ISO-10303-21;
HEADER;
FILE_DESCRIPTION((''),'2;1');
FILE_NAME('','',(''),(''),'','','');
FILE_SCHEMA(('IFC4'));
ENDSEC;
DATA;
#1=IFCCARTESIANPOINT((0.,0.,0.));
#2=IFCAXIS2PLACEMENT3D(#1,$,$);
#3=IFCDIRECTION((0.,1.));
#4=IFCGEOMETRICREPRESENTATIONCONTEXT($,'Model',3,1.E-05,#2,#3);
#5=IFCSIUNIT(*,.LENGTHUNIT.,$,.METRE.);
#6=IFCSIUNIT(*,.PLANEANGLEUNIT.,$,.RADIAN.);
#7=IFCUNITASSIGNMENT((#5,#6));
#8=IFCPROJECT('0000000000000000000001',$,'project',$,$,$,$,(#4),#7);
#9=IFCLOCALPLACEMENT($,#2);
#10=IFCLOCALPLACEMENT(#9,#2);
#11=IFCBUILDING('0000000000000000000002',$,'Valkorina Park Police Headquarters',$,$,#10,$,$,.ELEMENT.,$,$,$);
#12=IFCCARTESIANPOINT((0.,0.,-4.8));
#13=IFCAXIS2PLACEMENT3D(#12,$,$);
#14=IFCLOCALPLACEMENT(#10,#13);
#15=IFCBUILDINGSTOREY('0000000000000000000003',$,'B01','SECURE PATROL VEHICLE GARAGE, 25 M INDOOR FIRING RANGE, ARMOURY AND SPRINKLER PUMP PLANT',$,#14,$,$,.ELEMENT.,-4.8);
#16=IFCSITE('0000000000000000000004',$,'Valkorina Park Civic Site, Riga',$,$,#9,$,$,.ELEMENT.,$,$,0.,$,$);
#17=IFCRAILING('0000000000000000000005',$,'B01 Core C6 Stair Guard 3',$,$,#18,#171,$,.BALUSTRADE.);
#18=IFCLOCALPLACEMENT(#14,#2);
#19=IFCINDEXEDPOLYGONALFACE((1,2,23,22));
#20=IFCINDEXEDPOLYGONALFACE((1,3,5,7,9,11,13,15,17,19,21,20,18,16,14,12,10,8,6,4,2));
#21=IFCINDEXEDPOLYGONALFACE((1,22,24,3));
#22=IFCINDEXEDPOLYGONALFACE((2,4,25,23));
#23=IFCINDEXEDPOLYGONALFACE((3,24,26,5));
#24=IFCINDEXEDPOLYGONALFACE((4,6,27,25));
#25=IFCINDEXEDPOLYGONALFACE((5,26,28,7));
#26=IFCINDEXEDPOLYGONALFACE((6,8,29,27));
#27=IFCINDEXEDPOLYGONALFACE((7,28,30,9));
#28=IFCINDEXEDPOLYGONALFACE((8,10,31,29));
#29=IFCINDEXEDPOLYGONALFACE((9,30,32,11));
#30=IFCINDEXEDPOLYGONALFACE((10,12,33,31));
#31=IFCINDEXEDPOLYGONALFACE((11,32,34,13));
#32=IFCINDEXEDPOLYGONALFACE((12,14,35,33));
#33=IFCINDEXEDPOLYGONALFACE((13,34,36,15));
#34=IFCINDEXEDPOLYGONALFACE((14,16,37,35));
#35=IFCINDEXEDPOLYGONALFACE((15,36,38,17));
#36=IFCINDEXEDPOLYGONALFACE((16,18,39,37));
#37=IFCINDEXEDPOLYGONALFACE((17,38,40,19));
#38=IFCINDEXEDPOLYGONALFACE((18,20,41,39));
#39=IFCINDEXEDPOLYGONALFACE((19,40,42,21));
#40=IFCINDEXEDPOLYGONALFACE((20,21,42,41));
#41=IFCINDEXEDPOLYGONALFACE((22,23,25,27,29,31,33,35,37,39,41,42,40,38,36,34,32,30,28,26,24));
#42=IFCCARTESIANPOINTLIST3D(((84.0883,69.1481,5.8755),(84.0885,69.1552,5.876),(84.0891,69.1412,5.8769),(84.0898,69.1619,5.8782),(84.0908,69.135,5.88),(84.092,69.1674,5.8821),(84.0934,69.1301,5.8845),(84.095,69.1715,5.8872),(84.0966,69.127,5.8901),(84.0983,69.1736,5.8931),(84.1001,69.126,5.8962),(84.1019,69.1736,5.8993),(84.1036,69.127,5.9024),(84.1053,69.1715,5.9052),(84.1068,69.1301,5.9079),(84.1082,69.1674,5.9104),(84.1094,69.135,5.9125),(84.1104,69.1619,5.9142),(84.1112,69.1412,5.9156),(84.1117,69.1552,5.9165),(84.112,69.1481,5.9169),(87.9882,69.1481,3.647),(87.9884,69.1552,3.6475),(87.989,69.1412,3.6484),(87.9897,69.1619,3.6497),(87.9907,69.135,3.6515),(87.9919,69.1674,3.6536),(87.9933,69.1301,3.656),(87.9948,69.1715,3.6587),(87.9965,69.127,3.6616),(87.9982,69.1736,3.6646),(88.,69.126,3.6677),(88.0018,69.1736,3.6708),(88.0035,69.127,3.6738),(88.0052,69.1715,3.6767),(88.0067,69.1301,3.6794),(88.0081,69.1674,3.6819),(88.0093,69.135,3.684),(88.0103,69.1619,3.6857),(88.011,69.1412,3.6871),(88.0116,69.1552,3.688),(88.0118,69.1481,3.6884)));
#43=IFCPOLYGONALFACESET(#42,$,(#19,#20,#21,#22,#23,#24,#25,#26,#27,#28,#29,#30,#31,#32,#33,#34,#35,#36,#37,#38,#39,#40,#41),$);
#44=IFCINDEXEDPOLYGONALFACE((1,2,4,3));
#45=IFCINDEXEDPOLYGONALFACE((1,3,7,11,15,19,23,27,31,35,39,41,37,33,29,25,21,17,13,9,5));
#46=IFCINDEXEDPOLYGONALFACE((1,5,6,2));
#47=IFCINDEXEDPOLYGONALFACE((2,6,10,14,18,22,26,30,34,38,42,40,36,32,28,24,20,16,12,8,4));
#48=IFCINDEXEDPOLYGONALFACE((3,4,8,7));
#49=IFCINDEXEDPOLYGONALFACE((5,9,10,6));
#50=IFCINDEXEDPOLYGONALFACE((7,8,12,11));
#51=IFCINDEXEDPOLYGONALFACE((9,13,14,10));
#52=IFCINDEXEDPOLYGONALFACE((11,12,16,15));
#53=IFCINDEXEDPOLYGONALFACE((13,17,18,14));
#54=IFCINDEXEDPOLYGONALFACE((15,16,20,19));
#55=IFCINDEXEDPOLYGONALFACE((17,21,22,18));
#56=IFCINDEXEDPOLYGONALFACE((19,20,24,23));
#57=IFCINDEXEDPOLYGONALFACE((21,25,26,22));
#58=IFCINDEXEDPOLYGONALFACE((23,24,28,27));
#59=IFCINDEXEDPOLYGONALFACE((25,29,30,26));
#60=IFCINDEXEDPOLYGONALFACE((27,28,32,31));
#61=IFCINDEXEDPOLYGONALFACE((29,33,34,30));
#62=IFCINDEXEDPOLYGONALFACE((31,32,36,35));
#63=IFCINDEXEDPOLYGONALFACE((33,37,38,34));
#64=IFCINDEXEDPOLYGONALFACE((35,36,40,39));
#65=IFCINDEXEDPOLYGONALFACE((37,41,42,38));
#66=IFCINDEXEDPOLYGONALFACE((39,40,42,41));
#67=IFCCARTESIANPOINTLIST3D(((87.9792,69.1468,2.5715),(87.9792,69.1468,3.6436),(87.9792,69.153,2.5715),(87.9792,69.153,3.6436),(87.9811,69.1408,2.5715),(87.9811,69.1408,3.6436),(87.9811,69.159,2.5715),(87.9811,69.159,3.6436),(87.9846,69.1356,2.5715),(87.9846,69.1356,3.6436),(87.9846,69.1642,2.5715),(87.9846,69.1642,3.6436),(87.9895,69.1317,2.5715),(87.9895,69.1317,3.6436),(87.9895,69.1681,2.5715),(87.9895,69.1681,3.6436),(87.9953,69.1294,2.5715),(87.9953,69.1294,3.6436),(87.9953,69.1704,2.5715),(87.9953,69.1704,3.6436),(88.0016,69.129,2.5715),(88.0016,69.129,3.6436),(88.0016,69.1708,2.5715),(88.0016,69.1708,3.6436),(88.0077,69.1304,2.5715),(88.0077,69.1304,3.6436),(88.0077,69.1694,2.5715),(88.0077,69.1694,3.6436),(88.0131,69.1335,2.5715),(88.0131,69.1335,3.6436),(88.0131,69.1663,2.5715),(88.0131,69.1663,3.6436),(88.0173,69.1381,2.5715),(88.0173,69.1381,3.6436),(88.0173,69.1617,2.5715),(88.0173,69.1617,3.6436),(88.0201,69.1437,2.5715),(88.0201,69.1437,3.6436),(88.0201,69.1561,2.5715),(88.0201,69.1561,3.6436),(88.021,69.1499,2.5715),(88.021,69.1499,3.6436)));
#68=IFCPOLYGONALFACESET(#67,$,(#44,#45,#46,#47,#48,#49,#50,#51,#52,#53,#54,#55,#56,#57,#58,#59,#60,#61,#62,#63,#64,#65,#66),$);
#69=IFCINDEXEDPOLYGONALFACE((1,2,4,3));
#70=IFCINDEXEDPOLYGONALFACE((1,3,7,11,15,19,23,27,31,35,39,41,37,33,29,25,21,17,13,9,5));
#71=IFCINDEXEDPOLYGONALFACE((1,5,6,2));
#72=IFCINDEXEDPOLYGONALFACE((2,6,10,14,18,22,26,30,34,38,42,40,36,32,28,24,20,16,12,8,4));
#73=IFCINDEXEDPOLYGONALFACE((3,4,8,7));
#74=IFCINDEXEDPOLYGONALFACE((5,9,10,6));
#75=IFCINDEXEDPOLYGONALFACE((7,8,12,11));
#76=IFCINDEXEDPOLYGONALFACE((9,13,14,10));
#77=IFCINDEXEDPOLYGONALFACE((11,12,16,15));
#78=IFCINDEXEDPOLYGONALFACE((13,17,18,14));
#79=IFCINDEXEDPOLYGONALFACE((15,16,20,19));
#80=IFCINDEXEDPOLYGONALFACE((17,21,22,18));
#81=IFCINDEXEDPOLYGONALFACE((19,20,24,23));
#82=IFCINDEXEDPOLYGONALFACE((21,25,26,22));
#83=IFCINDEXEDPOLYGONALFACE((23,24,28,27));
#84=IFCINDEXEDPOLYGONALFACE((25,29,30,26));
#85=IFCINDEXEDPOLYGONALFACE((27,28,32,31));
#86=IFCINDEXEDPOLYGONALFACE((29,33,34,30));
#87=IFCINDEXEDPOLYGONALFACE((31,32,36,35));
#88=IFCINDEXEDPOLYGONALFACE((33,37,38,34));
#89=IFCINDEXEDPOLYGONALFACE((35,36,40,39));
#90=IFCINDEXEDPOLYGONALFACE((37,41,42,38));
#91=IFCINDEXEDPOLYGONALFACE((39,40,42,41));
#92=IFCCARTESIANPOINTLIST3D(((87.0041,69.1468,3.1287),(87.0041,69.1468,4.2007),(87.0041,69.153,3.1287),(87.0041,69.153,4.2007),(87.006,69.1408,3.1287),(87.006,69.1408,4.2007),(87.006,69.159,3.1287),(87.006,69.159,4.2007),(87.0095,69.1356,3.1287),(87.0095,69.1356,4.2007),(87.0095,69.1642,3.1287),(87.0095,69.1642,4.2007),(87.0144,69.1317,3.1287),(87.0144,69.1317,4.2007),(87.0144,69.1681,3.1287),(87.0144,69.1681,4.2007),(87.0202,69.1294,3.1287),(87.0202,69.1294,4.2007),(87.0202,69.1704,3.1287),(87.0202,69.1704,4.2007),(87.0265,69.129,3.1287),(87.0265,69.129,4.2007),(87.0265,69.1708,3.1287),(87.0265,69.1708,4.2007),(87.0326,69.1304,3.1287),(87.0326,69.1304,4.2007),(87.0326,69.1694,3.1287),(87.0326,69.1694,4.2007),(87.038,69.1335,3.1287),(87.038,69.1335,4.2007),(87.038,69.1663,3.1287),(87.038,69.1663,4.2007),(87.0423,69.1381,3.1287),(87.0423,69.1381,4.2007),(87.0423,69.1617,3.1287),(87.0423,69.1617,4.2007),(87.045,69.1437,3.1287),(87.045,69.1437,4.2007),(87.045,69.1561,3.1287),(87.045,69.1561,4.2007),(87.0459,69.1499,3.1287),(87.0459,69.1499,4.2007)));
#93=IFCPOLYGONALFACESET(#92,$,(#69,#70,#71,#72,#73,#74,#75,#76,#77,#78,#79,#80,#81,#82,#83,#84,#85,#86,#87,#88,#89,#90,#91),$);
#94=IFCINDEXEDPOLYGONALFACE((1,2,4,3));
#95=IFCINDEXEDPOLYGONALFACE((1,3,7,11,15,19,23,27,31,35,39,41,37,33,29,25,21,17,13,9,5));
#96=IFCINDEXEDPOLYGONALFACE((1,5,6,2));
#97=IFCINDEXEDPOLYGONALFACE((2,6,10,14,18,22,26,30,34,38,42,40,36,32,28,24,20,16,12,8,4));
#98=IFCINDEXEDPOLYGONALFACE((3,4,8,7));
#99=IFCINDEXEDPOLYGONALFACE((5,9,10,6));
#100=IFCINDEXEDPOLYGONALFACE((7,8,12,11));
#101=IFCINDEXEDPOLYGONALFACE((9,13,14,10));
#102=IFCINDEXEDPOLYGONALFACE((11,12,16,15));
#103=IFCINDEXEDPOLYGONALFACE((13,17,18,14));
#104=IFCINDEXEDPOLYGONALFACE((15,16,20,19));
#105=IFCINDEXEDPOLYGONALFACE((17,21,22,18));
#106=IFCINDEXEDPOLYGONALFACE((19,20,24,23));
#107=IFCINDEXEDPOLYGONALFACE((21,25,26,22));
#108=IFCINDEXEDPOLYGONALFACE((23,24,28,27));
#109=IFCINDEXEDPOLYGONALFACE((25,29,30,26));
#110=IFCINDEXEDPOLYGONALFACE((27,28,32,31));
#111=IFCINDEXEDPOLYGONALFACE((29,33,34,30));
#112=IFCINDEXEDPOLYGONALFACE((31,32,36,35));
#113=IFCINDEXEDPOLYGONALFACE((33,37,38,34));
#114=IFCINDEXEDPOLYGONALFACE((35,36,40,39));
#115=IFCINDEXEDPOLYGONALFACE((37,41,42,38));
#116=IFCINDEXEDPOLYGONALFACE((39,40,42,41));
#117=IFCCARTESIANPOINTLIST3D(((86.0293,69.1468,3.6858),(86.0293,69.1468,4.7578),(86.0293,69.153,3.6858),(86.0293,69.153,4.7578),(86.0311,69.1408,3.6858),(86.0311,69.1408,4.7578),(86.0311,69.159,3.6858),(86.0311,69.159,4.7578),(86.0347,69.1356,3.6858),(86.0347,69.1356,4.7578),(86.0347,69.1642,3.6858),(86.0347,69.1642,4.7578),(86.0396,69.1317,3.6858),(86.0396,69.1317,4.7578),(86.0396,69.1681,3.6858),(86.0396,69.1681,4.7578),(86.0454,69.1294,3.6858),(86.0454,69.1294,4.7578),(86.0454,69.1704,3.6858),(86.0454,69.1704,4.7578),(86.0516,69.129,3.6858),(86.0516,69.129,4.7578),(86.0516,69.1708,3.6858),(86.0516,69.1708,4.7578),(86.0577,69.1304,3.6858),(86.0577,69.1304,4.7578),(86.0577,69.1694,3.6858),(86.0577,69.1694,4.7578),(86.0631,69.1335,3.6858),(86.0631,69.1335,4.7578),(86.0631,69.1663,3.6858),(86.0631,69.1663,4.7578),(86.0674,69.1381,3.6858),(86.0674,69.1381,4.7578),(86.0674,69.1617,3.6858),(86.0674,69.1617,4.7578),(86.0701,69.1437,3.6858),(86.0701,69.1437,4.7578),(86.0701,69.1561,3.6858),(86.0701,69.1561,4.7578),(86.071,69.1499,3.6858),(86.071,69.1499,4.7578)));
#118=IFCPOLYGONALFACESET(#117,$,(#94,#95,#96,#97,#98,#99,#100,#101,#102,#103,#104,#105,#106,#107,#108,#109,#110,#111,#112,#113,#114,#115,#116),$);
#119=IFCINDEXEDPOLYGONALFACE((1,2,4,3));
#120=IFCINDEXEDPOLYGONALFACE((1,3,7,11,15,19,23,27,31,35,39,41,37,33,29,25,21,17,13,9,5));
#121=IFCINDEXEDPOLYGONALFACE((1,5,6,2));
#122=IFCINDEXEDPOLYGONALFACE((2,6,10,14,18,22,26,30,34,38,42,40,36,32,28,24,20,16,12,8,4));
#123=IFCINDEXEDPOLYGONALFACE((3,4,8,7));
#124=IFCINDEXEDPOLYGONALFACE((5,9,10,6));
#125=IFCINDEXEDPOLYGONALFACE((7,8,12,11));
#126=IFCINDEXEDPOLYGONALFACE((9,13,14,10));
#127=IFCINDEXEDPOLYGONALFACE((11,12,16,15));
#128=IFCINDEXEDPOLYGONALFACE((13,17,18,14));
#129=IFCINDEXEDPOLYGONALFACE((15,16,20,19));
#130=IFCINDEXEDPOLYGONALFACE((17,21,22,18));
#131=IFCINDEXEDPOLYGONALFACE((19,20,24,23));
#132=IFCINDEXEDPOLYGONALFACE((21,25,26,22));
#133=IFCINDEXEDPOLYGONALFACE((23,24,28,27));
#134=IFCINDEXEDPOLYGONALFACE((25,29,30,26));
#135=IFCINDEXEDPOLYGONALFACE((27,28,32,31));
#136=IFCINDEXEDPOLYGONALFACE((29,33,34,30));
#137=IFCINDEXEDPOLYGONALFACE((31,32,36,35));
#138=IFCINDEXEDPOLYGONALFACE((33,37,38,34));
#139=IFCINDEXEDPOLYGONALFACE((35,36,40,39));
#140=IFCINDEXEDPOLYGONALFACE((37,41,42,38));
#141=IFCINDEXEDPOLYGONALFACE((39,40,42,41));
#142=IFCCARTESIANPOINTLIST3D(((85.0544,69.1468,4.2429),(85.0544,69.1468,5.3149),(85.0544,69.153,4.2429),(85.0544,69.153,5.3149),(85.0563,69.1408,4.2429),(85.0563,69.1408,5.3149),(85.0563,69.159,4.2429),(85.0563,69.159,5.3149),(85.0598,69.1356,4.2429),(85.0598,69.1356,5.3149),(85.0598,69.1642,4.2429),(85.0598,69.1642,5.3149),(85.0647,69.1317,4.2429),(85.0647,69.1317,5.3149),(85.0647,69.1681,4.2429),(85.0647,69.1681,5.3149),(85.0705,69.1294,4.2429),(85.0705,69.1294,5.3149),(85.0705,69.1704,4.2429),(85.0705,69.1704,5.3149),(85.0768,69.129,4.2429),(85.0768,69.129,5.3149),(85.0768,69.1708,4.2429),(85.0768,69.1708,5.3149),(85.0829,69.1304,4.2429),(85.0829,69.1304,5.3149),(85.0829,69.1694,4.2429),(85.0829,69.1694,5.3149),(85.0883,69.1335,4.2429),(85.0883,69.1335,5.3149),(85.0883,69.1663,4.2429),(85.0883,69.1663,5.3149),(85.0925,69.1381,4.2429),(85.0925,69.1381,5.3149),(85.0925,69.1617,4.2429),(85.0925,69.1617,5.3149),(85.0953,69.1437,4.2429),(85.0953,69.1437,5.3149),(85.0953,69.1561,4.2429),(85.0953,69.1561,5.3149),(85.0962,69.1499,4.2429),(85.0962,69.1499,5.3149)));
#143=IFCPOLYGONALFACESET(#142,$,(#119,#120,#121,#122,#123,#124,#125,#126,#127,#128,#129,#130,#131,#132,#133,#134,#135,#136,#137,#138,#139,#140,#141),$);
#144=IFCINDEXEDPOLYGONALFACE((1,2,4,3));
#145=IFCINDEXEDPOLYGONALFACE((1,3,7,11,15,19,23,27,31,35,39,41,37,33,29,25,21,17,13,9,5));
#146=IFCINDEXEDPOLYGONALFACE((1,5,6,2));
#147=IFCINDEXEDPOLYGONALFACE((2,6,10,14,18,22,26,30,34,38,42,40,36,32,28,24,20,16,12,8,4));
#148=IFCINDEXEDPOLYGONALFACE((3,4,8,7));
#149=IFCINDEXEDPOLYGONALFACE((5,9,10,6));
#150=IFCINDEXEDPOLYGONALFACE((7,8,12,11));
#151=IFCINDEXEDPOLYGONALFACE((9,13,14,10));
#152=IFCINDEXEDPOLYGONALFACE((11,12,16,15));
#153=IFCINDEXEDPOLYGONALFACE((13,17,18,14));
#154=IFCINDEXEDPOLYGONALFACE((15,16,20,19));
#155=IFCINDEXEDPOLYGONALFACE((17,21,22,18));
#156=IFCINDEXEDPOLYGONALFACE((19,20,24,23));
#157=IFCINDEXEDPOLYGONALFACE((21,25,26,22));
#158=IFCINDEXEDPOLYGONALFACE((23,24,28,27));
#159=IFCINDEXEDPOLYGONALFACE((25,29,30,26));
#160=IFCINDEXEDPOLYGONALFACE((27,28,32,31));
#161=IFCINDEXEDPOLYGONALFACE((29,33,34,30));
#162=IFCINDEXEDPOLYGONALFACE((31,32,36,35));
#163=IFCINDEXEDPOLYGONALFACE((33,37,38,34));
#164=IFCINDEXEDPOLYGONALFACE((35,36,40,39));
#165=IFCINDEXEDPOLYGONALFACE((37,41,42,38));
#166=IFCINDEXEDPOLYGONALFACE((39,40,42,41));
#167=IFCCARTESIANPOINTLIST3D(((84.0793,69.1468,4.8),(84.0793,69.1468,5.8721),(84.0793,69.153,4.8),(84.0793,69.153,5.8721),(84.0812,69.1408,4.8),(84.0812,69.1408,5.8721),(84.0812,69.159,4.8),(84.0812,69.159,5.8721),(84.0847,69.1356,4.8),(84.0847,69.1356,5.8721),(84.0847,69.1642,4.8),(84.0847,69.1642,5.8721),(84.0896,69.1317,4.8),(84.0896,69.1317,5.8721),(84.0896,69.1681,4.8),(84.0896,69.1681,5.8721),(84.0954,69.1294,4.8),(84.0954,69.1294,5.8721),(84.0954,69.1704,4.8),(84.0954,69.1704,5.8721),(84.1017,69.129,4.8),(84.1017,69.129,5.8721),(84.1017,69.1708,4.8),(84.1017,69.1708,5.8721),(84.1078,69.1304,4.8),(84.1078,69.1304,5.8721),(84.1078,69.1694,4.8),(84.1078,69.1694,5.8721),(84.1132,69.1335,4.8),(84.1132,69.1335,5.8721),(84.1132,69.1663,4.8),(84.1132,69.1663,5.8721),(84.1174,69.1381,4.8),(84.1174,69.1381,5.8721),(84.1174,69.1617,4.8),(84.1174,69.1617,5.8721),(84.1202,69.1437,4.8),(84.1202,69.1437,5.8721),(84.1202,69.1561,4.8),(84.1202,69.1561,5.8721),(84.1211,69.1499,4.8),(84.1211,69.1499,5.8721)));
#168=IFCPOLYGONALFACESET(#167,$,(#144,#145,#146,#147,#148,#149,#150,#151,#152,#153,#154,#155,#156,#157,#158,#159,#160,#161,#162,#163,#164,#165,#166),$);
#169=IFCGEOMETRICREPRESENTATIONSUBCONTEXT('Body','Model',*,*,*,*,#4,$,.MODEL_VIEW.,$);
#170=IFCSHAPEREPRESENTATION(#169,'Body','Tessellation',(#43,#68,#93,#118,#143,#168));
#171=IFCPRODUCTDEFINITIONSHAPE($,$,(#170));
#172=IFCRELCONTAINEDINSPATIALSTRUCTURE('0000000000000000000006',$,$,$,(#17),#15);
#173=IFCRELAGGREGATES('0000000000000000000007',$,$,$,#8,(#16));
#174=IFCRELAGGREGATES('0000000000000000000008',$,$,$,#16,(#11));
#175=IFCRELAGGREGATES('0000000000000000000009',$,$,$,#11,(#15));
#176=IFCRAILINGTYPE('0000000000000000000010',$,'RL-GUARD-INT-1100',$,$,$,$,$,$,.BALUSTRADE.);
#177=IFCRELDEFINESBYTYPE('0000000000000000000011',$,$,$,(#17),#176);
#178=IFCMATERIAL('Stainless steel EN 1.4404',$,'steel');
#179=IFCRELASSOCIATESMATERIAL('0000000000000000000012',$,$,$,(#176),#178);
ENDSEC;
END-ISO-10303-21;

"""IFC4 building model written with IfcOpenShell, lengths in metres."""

from ifc_helpers import new_model, si_unit, direction, frame, origin, origin_2d, place, context, subcontext, project, spatial, circle, extrude, material, type_object, element, save


model = new_model("IFC4")

# Units and contexts
model_context = context("Model", 3, precision=1e-05, world=origin(), true_north=direction((0.0, 1.0)))
body_context = subcontext(model_context, "Body", "Model", "MODEL_VIEW")
ifc_project = project(units=[si_unit("LENGTHUNIT", "METRE"), si_unit("PLANEANGLEUNIT", "RADIAN")], contexts=[model_context])

# Site, building, storey
site_placement = place(None, origin())
site = spatial("IfcSite", under=ifc_project, at=site_placement, Name="Valkorina Park Civic Site, Riga", CompositionType="ELEMENT", RefElevation=0.0)
building_placement = place(site_placement, origin())
building = spatial("IfcBuilding", under=site, at=building_placement, Name="Valkorina Park Police Headquarters", CompositionType="ELEMENT")
storey_placement = place(building_placement, frame((0.0, 0.0, -4.8)))
storey = spatial("IfcBuildingStorey", under=building, at=storey_placement, Name="B01", Description="SECURE PATROL VEHICLE GARAGE, 25 M INDOOR FIRING RANGE, ARMOURY AND SPRINKLER PUMP PLANT", CompositionType="ELEMENT", Elevation=-4.8)

# Railing
ifc_material_1 = material(Name="Stainless steel EN 1.4404", Category="steel")
railing_type_1 = type_object("IfcRailingType", Name="RL-GUARD-INT-1100", PredefinedType="BALUSTRADE", material=ifc_material_1)
railing_1_placement = place(storey_placement, frame((88.0, 69.1499, 2.5715)))
element("IfcRailing", 1, at=railing_1_placement, inside=storey, type_object=railing_type_1, Name="B01 Core C6 Stair Guard 3", PredefinedType="BALUSTRADE", context=body_context, shape_type="SweptSolid", body=[
    extrude(circle(Radius=0.0239, at=origin_2d()), frame((0.0, 0.0, 1.0962), z_axis=(-0.868243, 0.0, 0.496139), x_axis=(0.0, -1.0, 0.0)), (0.0, 0.0, 1.0), 4.4917),
    extrude(circle(Radius=0.021, at=origin_2d()), origin(), (0.0, 0.0, 1.0), 1.072),
    extrude(circle(Radius=0.021, at=origin_2d()), frame((-0.9751, 0.0, 0.5571)), (0.0, 0.0, 1.0), 1.072),
    extrude(circle(Radius=0.021, at=origin_2d()), frame((-1.95, 0.0, 1.1143)), (0.0, 0.0, 1.0), 1.072),
    extrude(circle(Radius=0.021, at=origin_2d()), frame((-2.9248, 0.0, 1.6714)), (0.0, 0.0, 1.0), 1.072),
    extrude(circle(Radius=0.021, at=origin_2d()), frame((-3.8999, 0.0, 2.2285)), (0.0, 0.0, 1.0), 1.072),
])

save(model, "model.ifc")
